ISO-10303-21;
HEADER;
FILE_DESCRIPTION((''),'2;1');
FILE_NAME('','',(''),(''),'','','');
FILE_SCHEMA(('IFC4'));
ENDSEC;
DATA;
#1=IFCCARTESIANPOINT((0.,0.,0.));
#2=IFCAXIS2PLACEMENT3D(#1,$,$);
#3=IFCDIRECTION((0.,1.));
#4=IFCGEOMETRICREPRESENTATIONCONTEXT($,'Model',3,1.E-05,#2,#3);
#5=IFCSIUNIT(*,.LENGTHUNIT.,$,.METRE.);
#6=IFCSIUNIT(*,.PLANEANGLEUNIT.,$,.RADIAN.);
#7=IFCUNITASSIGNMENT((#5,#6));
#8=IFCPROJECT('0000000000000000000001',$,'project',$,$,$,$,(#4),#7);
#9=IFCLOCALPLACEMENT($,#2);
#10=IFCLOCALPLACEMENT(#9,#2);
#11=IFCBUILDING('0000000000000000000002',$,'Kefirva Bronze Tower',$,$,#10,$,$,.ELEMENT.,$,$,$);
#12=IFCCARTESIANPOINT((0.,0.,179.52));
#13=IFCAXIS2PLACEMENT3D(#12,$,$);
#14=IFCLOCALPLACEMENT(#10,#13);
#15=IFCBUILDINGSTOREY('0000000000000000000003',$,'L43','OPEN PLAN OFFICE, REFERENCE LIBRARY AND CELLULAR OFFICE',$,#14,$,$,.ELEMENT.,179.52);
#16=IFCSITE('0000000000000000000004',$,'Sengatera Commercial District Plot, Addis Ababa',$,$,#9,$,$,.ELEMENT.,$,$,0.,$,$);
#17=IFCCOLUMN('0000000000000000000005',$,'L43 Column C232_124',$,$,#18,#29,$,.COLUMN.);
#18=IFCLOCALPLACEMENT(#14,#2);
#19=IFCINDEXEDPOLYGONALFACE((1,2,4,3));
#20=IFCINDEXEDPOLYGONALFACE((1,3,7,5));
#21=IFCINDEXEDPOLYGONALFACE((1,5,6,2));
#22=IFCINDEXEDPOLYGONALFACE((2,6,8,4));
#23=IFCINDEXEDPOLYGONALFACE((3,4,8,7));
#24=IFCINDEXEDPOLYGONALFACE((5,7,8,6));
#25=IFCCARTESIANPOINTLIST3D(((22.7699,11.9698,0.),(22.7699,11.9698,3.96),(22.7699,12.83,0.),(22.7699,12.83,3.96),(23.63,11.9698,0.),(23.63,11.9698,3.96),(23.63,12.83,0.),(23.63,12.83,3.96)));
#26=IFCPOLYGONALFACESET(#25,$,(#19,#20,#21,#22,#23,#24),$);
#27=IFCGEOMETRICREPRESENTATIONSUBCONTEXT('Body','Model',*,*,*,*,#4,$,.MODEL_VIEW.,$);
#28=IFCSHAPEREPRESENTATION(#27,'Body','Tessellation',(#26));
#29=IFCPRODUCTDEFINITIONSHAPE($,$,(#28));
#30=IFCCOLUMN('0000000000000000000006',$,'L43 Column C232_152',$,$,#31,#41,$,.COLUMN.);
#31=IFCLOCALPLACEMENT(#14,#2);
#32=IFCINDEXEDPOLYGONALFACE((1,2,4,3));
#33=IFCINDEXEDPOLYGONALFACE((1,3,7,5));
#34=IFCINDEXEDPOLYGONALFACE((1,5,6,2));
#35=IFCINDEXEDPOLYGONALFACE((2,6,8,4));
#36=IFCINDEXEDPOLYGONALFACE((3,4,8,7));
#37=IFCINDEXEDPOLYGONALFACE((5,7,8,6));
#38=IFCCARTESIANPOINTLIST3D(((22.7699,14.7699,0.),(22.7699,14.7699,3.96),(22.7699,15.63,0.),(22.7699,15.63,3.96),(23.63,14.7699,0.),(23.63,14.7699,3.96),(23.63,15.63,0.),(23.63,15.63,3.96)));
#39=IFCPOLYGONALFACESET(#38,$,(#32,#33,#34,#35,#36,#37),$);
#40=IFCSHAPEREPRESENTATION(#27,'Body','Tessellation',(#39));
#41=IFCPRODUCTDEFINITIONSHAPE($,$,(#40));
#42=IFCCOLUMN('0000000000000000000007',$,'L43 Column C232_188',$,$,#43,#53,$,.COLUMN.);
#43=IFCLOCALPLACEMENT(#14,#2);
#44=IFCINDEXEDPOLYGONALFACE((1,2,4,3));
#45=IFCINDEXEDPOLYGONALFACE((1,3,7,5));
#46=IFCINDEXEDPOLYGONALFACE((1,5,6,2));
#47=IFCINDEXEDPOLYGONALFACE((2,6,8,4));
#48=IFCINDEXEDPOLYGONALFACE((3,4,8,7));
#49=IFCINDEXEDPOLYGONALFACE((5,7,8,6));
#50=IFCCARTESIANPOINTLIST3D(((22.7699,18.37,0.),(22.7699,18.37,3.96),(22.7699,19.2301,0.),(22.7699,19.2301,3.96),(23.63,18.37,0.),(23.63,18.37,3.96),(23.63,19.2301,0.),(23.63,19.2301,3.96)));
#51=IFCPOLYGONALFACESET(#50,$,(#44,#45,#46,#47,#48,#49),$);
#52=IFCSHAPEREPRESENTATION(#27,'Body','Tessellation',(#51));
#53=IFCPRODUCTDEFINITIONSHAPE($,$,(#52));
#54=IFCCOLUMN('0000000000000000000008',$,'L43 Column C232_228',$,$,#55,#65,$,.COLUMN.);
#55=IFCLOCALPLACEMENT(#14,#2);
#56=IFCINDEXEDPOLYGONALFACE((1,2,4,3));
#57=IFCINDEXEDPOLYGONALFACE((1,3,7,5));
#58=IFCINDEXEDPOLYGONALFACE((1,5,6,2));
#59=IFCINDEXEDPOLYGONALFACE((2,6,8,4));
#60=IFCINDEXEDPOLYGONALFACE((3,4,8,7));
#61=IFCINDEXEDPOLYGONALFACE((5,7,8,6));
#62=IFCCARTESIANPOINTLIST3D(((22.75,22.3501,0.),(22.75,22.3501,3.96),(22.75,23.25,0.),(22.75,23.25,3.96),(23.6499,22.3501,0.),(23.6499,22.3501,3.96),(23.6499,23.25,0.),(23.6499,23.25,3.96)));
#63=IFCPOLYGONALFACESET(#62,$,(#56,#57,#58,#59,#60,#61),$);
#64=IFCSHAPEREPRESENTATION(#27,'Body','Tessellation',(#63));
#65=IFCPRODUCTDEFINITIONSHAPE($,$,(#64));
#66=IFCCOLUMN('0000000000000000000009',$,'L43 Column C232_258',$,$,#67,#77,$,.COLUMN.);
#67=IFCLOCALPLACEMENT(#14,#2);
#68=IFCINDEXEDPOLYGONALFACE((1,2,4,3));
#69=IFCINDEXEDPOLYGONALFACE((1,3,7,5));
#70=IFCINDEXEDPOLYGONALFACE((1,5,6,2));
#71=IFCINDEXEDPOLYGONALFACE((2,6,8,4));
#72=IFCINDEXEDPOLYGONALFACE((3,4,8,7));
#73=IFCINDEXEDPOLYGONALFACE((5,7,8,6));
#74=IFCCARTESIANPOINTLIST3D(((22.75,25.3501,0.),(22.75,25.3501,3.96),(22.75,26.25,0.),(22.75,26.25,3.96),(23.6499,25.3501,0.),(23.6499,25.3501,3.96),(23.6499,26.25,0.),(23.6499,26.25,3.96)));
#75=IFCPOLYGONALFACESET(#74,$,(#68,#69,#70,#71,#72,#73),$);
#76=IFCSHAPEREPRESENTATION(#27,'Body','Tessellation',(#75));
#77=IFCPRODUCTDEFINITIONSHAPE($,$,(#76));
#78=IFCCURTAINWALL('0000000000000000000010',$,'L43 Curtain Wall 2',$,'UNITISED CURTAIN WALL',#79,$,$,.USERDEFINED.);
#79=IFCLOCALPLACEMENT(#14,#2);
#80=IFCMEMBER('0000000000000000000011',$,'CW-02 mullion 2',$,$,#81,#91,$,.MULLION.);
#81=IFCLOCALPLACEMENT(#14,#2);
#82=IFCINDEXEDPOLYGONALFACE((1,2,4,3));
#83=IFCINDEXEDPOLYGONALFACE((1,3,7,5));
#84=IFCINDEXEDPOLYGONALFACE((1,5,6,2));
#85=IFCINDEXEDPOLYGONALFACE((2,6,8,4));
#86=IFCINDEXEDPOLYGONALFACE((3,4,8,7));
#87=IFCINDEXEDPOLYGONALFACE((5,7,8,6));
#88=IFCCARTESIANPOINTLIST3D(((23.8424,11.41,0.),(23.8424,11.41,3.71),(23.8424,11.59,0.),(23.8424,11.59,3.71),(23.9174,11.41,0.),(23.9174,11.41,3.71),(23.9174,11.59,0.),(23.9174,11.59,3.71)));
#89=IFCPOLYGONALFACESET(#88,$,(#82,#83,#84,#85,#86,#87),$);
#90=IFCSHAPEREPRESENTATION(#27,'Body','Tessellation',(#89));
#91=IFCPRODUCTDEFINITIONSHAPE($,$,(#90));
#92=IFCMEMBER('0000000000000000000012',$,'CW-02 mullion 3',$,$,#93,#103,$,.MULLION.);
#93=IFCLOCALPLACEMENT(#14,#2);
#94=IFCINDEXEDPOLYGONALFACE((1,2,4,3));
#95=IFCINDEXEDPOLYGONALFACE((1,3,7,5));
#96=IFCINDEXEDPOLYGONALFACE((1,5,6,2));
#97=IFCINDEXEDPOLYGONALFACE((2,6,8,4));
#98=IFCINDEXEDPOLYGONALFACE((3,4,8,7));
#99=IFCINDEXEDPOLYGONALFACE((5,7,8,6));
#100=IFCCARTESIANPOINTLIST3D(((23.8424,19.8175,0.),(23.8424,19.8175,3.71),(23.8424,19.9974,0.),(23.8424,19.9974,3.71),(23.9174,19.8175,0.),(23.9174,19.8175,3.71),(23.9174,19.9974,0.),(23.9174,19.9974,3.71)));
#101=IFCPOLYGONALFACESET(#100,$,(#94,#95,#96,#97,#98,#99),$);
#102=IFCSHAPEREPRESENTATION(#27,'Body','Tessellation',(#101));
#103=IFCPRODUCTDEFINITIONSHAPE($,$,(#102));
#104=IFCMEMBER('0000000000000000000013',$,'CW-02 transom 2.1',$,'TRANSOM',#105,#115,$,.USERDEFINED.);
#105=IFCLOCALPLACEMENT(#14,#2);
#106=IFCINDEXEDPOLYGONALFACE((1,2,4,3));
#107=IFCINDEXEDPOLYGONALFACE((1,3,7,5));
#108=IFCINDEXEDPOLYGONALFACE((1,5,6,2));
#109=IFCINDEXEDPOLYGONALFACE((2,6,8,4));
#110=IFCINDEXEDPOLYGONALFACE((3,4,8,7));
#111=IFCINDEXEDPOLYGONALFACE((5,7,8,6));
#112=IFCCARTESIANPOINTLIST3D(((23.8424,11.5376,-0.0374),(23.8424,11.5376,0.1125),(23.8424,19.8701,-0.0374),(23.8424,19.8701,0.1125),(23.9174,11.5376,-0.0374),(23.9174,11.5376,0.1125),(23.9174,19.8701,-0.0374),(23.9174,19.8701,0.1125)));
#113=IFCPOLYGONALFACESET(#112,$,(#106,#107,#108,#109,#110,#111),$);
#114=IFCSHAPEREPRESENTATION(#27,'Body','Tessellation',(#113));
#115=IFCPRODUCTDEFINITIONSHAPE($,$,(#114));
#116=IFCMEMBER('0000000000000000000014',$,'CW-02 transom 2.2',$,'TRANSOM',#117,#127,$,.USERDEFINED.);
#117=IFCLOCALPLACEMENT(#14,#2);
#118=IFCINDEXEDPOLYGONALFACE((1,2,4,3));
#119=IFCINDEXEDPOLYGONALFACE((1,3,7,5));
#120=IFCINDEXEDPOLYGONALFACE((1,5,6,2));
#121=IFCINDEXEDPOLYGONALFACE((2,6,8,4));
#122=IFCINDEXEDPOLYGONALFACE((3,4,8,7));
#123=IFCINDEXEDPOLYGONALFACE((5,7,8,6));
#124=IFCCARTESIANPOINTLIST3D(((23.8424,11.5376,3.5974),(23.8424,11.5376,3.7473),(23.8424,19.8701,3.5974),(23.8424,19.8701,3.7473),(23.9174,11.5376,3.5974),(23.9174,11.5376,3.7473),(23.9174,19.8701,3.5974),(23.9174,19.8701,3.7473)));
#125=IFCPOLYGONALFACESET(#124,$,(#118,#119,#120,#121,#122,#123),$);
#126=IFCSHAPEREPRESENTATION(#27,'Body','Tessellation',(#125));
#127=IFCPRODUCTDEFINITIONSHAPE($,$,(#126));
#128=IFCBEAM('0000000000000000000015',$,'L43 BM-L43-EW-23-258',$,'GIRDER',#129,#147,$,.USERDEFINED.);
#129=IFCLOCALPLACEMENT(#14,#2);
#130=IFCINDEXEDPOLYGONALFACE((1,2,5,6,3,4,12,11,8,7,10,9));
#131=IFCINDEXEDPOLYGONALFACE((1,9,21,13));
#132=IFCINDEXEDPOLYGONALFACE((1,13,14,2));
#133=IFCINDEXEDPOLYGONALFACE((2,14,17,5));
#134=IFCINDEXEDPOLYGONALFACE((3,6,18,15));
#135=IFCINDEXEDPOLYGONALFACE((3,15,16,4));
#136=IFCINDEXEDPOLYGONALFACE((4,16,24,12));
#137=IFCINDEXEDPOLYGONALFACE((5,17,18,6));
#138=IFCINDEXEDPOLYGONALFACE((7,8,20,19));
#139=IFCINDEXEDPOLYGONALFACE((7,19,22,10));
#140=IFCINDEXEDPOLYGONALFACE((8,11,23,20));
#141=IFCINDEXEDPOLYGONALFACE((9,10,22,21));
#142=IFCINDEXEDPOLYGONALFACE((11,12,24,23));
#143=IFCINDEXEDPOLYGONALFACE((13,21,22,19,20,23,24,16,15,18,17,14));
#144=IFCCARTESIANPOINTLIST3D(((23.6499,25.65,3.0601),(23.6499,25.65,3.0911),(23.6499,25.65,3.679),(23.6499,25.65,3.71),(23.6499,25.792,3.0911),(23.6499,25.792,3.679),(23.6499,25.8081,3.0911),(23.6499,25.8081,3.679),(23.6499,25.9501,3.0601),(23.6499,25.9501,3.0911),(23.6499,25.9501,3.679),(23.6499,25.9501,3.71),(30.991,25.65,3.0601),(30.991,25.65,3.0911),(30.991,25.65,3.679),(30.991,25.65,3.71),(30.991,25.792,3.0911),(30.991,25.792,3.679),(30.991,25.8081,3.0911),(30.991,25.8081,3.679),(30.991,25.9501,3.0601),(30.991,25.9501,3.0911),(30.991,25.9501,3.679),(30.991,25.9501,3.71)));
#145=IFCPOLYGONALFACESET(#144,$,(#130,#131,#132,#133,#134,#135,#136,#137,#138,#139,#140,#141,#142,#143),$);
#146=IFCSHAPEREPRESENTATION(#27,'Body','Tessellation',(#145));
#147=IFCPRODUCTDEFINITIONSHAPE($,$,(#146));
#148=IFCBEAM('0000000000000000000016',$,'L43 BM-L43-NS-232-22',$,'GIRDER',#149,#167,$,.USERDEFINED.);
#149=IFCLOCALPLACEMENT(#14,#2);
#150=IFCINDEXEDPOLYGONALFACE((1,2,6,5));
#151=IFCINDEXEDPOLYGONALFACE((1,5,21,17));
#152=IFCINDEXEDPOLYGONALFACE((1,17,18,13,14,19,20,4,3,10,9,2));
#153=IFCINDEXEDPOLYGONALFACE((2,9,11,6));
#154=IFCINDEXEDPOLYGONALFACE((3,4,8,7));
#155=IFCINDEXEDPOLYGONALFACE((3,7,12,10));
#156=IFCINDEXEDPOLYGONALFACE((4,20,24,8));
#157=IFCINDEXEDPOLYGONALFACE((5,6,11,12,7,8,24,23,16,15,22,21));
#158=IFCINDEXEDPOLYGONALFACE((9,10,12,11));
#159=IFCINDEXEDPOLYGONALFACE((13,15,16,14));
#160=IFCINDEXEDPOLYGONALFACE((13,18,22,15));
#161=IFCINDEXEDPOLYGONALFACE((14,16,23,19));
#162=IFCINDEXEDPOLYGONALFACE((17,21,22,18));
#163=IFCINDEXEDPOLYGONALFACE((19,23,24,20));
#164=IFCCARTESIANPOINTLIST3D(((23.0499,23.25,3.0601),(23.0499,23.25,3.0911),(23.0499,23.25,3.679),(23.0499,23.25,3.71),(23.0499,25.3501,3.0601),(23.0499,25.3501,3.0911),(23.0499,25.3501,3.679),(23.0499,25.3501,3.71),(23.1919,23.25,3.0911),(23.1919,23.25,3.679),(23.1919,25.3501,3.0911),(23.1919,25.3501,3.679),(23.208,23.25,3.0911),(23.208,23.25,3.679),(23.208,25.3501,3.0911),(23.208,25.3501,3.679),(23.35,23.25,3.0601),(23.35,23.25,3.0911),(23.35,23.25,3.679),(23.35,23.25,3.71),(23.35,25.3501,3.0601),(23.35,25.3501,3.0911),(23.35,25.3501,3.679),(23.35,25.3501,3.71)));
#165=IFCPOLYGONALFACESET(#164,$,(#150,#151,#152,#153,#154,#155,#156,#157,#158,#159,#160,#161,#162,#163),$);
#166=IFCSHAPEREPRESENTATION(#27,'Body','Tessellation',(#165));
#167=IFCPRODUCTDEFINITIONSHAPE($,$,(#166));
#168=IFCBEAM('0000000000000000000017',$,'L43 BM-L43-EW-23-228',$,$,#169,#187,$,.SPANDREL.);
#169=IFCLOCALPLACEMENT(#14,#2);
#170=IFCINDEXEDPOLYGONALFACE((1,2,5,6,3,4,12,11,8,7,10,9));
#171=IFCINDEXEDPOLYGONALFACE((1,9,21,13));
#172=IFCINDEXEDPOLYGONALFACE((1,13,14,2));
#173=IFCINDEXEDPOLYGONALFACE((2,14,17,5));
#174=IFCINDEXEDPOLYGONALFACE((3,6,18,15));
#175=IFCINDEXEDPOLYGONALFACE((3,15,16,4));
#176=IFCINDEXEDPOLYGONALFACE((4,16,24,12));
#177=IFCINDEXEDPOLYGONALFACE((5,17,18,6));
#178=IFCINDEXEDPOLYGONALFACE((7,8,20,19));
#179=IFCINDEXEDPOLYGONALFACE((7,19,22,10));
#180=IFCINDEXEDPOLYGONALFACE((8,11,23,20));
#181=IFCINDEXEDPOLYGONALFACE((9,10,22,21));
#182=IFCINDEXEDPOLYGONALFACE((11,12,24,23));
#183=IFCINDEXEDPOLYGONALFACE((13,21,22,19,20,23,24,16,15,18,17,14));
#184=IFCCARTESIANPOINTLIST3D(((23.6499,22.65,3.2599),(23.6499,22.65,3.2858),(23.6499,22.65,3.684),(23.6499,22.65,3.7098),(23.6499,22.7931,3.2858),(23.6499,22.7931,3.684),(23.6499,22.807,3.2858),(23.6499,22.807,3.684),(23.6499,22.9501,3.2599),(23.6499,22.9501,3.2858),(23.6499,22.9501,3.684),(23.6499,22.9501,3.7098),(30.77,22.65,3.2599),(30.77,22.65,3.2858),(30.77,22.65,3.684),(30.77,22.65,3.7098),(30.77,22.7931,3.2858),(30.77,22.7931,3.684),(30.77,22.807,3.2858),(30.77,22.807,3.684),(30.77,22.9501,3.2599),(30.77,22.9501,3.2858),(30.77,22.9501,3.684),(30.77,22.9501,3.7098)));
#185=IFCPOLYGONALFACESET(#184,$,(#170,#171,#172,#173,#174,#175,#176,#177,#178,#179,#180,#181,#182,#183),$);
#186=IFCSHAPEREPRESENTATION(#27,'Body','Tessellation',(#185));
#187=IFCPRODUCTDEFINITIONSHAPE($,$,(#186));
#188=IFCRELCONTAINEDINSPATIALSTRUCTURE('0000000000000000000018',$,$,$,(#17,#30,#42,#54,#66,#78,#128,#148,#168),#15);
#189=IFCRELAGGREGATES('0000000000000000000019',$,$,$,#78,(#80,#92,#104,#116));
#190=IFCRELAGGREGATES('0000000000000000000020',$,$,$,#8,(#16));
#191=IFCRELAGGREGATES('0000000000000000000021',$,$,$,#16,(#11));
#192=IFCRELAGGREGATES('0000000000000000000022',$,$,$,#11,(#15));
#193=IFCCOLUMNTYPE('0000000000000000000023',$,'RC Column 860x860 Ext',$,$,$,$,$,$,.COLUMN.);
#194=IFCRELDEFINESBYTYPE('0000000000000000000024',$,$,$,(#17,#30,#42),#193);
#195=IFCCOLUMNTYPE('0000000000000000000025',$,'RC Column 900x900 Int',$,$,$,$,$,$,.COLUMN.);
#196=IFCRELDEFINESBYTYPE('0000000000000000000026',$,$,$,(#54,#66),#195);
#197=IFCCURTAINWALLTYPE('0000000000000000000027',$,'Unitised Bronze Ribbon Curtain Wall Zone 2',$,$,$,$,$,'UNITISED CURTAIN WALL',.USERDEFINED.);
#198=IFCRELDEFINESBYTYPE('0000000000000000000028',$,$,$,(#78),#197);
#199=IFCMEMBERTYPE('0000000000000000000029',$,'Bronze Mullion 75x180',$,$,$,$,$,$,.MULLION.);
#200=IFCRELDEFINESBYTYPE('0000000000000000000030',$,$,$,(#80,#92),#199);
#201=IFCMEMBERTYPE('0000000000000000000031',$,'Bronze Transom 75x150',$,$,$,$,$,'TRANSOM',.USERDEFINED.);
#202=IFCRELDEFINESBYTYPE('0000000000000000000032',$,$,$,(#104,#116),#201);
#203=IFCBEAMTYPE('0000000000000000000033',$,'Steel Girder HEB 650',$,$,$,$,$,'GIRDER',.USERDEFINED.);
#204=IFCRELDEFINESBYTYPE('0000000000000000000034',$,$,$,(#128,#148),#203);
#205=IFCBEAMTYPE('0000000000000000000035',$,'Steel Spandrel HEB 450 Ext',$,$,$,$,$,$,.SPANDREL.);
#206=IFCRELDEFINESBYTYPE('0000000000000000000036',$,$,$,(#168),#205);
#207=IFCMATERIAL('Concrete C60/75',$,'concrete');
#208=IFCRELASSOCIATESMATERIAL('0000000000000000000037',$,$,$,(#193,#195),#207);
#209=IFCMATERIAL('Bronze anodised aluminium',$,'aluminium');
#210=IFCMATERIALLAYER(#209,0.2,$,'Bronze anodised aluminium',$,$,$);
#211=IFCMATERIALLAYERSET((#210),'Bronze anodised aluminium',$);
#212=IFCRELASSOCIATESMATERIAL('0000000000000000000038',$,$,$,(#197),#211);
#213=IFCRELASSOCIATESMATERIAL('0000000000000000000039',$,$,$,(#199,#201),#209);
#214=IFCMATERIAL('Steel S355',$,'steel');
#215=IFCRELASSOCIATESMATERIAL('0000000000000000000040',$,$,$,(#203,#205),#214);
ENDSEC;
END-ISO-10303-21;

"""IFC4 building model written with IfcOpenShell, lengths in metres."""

from ifc_helpers import new_model, si_unit, direction, frame, origin, origin_2d, place, context, subcontext, project, spatial, rectangle, i_section, extrude, material, layer, layer_set, material_profile, profile_set, type_object, element, aggregate, save


model = new_model("IFC4")

# Units and contexts
model_context = context("Model", 3, precision=1e-05, world=origin(), true_north=direction((0.0, 1.0)))
body_context = subcontext(model_context, "Body", "Model", "MODEL_VIEW")
ifc_project = project(units=[si_unit("LENGTHUNIT", "METRE"), si_unit("PLANEANGLEUNIT", "RADIAN")], contexts=[model_context])

# Site, building, storey
site_placement = place(None, origin())
site = spatial("IfcSite", under=ifc_project, at=site_placement, Name="Sengatera Commercial District Plot, Addis Ababa", CompositionType="ELEMENT", RefElevation=0.0)
building_placement = place(site_placement, origin())
building = spatial("IfcBuilding", under=site, at=building_placement, Name="Kefirva Bronze Tower", CompositionType="ELEMENT")
storey_placement = place(building_placement, frame((0.0, 0.0, 179.52)))
storey = spatial("IfcBuildingStorey", under=building, at=storey_placement, Name="L43", Description="OPEN PLAN OFFICE, REFERENCE LIBRARY AND CELLULAR OFFICE", CompositionType="ELEMENT", Elevation=179.52)

# Columns
ifc_material_1 = material(Name="Concrete C60/75", Category="concrete")
ifc_material_profile_1 = material_profile(ifc_material_1, rectangle(XDim=0.8601, YDim=0.8601, at=origin_2d()), Name="RC 860x860")
ifc_profile_set_1 = profile_set([ifc_material_profile_1], Name="Concrete C60/75")
column_type_1 = type_object("IfcColumnType", Name="RC Column 860x860 Ext", PredefinedType="COLUMN", material=ifc_profile_set_1)
for number, where, z_axis, x_axis, name in (
    (1, (23.2, 12.3999, 0.0), (0.0, 0.0, 1.0), (1.0, 0.0, 0.0), "L43 Column C232_124"),
    (2, (23.2, 15.2, 0.0), (0.0, 0.0, 1.0), (1.0, 0.0, 0.0), "L43 Column C232_152"),
    (3, (23.2, 18.8, 0.0), (0.0, 0.0, 1.0), (1.0, 0.0, 0.0), "L43 Column C232_188"),
):
    element("IfcColumn", number, at=place(storey_placement, frame(where, z_axis=z_axis, x_axis=x_axis)), inside=storey, type_object=column_type_1, Name=name, PredefinedType="COLUMN", context=body_context, shape_type="SweptSolid", body=[
        extrude(rectangle(XDim=0.8601, YDim=0.8601, at=origin_2d()), origin(), (0.0, 0.0, 1.0), 3.96),
    ])
ifc_material_profile_2 = material_profile(ifc_material_1, rectangle(XDim=0.8999, YDim=0.8999, at=origin_2d()), Name="RC 900x900")
ifc_profile_set_2 = profile_set([ifc_material_profile_2], Name="Concrete C60/75")
column_type_2 = type_object("IfcColumnType", Name="RC Column 900x900 Int", PredefinedType="COLUMN", material=ifc_profile_set_2)
for number, where, z_axis, x_axis, name in (
    (4, (23.2, 22.8, 0.0), (0.0, 0.0, 1.0), (1.0, 0.0, 0.0), "L43 Column C232_228"),
    (5, (23.2, 25.8, 0.0), (0.0, 0.0, 1.0), (1.0, 0.0, 0.0), "L43 Column C232_258"),
):
    element("IfcColumn", number, at=place(storey_placement, frame(where, z_axis=z_axis, x_axis=x_axis)), inside=storey, type_object=column_type_2, Name=name, PredefinedType="COLUMN", context=body_context, shape_type="SweptSolid", body=[
        extrude(rectangle(XDim=0.8999, YDim=0.8999, at=origin_2d()), origin(), (0.0, 0.0, 1.0), 3.96),
    ])

# Curtain wall, members
ifc_material_2 = material(Name="Bronze anodised aluminium", Category="aluminium")
ifc_layer_1 = layer(ifc_material_2, 0.2, Name="Bronze anodised aluminium")
ifc_layer_set_1 = layer_set([ifc_layer_1], Name="Bronze anodised aluminium")
curtain_wall_type = type_object("IfcCurtainWallType", Name="Unitised Bronze Ribbon Curtain Wall Zone 2", ElementType="UNITISED CURTAIN WALL", PredefinedType="USERDEFINED", material=ifc_layer_set_1)
curtain_wall_placement = place(storey_placement, origin())
curtain_wall = element("IfcCurtainWall", 6, at=curtain_wall_placement, inside=storey, type_object=curtain_wall_type, Name="L43 Curtain Wall 2", ObjectType="UNITISED CURTAIN WALL", PredefinedType="USERDEFINED")
ifc_material_profile_3 = material_profile(ifc_material_2, rectangle(XDim=0.075, YDim=0.1799, at=origin_2d()), Name="ALU 75x180")
ifc_profile_set_3 = profile_set([ifc_material_profile_3], Name="Bronze anodised aluminium")
member_type_1 = type_object("IfcMemberType", Name="Bronze Mullion 75x180", PredefinedType="MULLION", material=ifc_profile_set_3)
member_1_placement = place(storey_placement, frame((23.8799, 11.5, 0.0), z_axis=(0.0, 0.0, 1.0), x_axis=(-1.0, 0.0, 0.0)))
member_1 = element("IfcMember", 7, at=member_1_placement, type_object=member_type_1, Name="CW-02 mullion 2", PredefinedType="MULLION", context=body_context, shape_type="SweptSolid", body=[
    extrude(rectangle(XDim=0.075, YDim=0.1799, at=origin_2d()), origin(), (0.0, 0.0, 1.0), 3.71),
])
member_2_placement = place(storey_placement, frame((23.8799, 19.9075, 0.0), z_axis=(0.0, 0.0, 1.0), x_axis=(-1.0, 0.0, 0.0)))
member_2 = element("IfcMember", 8, at=member_2_placement, type_object=member_type_1, Name="CW-02 mullion 3", PredefinedType="MULLION", context=body_context, shape_type="SweptSolid", body=[
    extrude(rectangle(XDim=0.075, YDim=0.1799, at=origin_2d()), origin(), (0.0, 0.0, 1.0), 3.71),
])
ifc_material_profile_4 = material_profile(ifc_material_2, rectangle(XDim=0.075, YDim=0.1499, at=origin_2d()), Name="ALU 75x150")
ifc_profile_set_4 = profile_set([ifc_material_profile_4], Name="Bronze anodised aluminium")
member_type_2 = type_object("IfcMemberType", Name="Bronze Transom 75x150", ElementType="TRANSOM", PredefinedType="USERDEFINED", material=ifc_profile_set_4)
member_3_placement = place(storey_placement, frame((23.8799, 11.5376, 0.0376), z_axis=(0.0, 1.0, 0.0), x_axis=(-1.0, 0.0, 0.0)))
member_3 = element("IfcMember", 9, at=member_3_placement, type_object=member_type_2, Name="CW-02 transom 2.1", ObjectType="TRANSOM", PredefinedType="USERDEFINED", context=body_context, shape_type="SweptSolid", body=[
    extrude(rectangle(XDim=0.075, YDim=0.1499, at=origin_2d()), origin(), (0.0, 0.0, 1.0), 8.3325),
])
member_4_placement = place(storey_placement, frame((23.8799, 11.5376, 3.6724), z_axis=(0.0, 1.0, 0.0), x_axis=(-1.0, 0.0, 0.0)))
member_4 = element("IfcMember", 10, at=member_4_placement, type_object=member_type_2, Name="CW-02 transom 2.2", ObjectType="TRANSOM", PredefinedType="USERDEFINED", context=body_context, shape_type="SweptSolid", body=[
    extrude(rectangle(XDim=0.075, YDim=0.1499, at=origin_2d()), origin(), (0.0, 0.0, 1.0), 8.3325),
])

# Beams
ifc_material_3 = material(Name="Steel S355", Category="steel")
ifc_material_profile_5 = material_profile(ifc_material_3, i_section(OverallWidth=0.3, OverallDepth=0.6499, WebThickness=0.0161, FlangeThickness=0.031, at=origin_2d()), Name="HEB 650")
ifc_profile_set_5 = profile_set([ifc_material_profile_5], Name="Steel S355")
beam_type_1 = type_object("IfcBeamType", Name="Steel Girder HEB 650", ElementType="GIRDER", PredefinedType="USERDEFINED", material=ifc_profile_set_5)
beam_1_placement = place(storey_placement, frame((23.6499, 25.8, 3.385), z_axis=(1.0, 0.0, 0.0), x_axis=(0.0, 1.0, 0.0)))
element("IfcBeam", 11, at=beam_1_placement, inside=storey, type_object=beam_type_1, Name="L43 BM-L43-EW-23-258", ObjectType="GIRDER", PredefinedType="USERDEFINED", context=body_context, shape_type="SweptSolid", body=[
    extrude(i_section(OverallWidth=0.3, OverallDepth=0.6499, WebThickness=0.0161, FlangeThickness=0.031, at=origin_2d()), origin(), (0.0, 0.0, 1.0), 7.3411),
])
beam_2_placement = place(storey_placement, frame((23.2, 23.25, 3.385), z_axis=(0.0, 1.0, 0.0), x_axis=(-1.0, 0.0, 0.0)))
element("IfcBeam", 12, at=beam_2_placement, inside=storey, type_object=beam_type_1, Name="L43 BM-L43-NS-232-22", ObjectType="GIRDER", PredefinedType="USERDEFINED", context=body_context, shape_type="SweptSolid", body=[
    extrude(i_section(OverallWidth=0.3, OverallDepth=0.6499, WebThickness=0.0161, FlangeThickness=0.031, at=origin_2d()), origin(), (0.0, 0.0, 1.0), 2.1001),
])
ifc_material_profile_6 = material_profile(ifc_material_3, i_section(OverallWidth=0.3, OverallDepth=0.45, WebThickness=0.0139, FlangeThickness=0.0259, at=origin_2d()), Name="HEB 450")
ifc_profile_set_6 = profile_set([ifc_material_profile_6], Name="Steel S355")
beam_type_2 = type_object("IfcBeamType", Name="Steel Spandrel HEB 450 Ext", PredefinedType="SPANDREL", material=ifc_profile_set_6)
beam_3_placement = place(storey_placement, frame((23.6499, 22.8, 3.4849), z_axis=(1.0, 0.0, 0.0), x_axis=(0.0, 1.0, 0.0)))
element("IfcBeam", 13, at=beam_3_placement, inside=storey, type_object=beam_type_2, Name="L43 BM-L43-EW-23-228", PredefinedType="SPANDREL", context=body_context, shape_type="SweptSolid", body=[
    extrude(i_section(OverallWidth=0.3, OverallDepth=0.45, WebThickness=0.0139, FlangeThickness=0.0259, at=origin_2d()), origin(), (0.0, 0.0, 1.0), 7.1201),
])

aggregate(curtain_wall, [member_1, member_2, member_3, member_4])

save(model, "model.ifc")
